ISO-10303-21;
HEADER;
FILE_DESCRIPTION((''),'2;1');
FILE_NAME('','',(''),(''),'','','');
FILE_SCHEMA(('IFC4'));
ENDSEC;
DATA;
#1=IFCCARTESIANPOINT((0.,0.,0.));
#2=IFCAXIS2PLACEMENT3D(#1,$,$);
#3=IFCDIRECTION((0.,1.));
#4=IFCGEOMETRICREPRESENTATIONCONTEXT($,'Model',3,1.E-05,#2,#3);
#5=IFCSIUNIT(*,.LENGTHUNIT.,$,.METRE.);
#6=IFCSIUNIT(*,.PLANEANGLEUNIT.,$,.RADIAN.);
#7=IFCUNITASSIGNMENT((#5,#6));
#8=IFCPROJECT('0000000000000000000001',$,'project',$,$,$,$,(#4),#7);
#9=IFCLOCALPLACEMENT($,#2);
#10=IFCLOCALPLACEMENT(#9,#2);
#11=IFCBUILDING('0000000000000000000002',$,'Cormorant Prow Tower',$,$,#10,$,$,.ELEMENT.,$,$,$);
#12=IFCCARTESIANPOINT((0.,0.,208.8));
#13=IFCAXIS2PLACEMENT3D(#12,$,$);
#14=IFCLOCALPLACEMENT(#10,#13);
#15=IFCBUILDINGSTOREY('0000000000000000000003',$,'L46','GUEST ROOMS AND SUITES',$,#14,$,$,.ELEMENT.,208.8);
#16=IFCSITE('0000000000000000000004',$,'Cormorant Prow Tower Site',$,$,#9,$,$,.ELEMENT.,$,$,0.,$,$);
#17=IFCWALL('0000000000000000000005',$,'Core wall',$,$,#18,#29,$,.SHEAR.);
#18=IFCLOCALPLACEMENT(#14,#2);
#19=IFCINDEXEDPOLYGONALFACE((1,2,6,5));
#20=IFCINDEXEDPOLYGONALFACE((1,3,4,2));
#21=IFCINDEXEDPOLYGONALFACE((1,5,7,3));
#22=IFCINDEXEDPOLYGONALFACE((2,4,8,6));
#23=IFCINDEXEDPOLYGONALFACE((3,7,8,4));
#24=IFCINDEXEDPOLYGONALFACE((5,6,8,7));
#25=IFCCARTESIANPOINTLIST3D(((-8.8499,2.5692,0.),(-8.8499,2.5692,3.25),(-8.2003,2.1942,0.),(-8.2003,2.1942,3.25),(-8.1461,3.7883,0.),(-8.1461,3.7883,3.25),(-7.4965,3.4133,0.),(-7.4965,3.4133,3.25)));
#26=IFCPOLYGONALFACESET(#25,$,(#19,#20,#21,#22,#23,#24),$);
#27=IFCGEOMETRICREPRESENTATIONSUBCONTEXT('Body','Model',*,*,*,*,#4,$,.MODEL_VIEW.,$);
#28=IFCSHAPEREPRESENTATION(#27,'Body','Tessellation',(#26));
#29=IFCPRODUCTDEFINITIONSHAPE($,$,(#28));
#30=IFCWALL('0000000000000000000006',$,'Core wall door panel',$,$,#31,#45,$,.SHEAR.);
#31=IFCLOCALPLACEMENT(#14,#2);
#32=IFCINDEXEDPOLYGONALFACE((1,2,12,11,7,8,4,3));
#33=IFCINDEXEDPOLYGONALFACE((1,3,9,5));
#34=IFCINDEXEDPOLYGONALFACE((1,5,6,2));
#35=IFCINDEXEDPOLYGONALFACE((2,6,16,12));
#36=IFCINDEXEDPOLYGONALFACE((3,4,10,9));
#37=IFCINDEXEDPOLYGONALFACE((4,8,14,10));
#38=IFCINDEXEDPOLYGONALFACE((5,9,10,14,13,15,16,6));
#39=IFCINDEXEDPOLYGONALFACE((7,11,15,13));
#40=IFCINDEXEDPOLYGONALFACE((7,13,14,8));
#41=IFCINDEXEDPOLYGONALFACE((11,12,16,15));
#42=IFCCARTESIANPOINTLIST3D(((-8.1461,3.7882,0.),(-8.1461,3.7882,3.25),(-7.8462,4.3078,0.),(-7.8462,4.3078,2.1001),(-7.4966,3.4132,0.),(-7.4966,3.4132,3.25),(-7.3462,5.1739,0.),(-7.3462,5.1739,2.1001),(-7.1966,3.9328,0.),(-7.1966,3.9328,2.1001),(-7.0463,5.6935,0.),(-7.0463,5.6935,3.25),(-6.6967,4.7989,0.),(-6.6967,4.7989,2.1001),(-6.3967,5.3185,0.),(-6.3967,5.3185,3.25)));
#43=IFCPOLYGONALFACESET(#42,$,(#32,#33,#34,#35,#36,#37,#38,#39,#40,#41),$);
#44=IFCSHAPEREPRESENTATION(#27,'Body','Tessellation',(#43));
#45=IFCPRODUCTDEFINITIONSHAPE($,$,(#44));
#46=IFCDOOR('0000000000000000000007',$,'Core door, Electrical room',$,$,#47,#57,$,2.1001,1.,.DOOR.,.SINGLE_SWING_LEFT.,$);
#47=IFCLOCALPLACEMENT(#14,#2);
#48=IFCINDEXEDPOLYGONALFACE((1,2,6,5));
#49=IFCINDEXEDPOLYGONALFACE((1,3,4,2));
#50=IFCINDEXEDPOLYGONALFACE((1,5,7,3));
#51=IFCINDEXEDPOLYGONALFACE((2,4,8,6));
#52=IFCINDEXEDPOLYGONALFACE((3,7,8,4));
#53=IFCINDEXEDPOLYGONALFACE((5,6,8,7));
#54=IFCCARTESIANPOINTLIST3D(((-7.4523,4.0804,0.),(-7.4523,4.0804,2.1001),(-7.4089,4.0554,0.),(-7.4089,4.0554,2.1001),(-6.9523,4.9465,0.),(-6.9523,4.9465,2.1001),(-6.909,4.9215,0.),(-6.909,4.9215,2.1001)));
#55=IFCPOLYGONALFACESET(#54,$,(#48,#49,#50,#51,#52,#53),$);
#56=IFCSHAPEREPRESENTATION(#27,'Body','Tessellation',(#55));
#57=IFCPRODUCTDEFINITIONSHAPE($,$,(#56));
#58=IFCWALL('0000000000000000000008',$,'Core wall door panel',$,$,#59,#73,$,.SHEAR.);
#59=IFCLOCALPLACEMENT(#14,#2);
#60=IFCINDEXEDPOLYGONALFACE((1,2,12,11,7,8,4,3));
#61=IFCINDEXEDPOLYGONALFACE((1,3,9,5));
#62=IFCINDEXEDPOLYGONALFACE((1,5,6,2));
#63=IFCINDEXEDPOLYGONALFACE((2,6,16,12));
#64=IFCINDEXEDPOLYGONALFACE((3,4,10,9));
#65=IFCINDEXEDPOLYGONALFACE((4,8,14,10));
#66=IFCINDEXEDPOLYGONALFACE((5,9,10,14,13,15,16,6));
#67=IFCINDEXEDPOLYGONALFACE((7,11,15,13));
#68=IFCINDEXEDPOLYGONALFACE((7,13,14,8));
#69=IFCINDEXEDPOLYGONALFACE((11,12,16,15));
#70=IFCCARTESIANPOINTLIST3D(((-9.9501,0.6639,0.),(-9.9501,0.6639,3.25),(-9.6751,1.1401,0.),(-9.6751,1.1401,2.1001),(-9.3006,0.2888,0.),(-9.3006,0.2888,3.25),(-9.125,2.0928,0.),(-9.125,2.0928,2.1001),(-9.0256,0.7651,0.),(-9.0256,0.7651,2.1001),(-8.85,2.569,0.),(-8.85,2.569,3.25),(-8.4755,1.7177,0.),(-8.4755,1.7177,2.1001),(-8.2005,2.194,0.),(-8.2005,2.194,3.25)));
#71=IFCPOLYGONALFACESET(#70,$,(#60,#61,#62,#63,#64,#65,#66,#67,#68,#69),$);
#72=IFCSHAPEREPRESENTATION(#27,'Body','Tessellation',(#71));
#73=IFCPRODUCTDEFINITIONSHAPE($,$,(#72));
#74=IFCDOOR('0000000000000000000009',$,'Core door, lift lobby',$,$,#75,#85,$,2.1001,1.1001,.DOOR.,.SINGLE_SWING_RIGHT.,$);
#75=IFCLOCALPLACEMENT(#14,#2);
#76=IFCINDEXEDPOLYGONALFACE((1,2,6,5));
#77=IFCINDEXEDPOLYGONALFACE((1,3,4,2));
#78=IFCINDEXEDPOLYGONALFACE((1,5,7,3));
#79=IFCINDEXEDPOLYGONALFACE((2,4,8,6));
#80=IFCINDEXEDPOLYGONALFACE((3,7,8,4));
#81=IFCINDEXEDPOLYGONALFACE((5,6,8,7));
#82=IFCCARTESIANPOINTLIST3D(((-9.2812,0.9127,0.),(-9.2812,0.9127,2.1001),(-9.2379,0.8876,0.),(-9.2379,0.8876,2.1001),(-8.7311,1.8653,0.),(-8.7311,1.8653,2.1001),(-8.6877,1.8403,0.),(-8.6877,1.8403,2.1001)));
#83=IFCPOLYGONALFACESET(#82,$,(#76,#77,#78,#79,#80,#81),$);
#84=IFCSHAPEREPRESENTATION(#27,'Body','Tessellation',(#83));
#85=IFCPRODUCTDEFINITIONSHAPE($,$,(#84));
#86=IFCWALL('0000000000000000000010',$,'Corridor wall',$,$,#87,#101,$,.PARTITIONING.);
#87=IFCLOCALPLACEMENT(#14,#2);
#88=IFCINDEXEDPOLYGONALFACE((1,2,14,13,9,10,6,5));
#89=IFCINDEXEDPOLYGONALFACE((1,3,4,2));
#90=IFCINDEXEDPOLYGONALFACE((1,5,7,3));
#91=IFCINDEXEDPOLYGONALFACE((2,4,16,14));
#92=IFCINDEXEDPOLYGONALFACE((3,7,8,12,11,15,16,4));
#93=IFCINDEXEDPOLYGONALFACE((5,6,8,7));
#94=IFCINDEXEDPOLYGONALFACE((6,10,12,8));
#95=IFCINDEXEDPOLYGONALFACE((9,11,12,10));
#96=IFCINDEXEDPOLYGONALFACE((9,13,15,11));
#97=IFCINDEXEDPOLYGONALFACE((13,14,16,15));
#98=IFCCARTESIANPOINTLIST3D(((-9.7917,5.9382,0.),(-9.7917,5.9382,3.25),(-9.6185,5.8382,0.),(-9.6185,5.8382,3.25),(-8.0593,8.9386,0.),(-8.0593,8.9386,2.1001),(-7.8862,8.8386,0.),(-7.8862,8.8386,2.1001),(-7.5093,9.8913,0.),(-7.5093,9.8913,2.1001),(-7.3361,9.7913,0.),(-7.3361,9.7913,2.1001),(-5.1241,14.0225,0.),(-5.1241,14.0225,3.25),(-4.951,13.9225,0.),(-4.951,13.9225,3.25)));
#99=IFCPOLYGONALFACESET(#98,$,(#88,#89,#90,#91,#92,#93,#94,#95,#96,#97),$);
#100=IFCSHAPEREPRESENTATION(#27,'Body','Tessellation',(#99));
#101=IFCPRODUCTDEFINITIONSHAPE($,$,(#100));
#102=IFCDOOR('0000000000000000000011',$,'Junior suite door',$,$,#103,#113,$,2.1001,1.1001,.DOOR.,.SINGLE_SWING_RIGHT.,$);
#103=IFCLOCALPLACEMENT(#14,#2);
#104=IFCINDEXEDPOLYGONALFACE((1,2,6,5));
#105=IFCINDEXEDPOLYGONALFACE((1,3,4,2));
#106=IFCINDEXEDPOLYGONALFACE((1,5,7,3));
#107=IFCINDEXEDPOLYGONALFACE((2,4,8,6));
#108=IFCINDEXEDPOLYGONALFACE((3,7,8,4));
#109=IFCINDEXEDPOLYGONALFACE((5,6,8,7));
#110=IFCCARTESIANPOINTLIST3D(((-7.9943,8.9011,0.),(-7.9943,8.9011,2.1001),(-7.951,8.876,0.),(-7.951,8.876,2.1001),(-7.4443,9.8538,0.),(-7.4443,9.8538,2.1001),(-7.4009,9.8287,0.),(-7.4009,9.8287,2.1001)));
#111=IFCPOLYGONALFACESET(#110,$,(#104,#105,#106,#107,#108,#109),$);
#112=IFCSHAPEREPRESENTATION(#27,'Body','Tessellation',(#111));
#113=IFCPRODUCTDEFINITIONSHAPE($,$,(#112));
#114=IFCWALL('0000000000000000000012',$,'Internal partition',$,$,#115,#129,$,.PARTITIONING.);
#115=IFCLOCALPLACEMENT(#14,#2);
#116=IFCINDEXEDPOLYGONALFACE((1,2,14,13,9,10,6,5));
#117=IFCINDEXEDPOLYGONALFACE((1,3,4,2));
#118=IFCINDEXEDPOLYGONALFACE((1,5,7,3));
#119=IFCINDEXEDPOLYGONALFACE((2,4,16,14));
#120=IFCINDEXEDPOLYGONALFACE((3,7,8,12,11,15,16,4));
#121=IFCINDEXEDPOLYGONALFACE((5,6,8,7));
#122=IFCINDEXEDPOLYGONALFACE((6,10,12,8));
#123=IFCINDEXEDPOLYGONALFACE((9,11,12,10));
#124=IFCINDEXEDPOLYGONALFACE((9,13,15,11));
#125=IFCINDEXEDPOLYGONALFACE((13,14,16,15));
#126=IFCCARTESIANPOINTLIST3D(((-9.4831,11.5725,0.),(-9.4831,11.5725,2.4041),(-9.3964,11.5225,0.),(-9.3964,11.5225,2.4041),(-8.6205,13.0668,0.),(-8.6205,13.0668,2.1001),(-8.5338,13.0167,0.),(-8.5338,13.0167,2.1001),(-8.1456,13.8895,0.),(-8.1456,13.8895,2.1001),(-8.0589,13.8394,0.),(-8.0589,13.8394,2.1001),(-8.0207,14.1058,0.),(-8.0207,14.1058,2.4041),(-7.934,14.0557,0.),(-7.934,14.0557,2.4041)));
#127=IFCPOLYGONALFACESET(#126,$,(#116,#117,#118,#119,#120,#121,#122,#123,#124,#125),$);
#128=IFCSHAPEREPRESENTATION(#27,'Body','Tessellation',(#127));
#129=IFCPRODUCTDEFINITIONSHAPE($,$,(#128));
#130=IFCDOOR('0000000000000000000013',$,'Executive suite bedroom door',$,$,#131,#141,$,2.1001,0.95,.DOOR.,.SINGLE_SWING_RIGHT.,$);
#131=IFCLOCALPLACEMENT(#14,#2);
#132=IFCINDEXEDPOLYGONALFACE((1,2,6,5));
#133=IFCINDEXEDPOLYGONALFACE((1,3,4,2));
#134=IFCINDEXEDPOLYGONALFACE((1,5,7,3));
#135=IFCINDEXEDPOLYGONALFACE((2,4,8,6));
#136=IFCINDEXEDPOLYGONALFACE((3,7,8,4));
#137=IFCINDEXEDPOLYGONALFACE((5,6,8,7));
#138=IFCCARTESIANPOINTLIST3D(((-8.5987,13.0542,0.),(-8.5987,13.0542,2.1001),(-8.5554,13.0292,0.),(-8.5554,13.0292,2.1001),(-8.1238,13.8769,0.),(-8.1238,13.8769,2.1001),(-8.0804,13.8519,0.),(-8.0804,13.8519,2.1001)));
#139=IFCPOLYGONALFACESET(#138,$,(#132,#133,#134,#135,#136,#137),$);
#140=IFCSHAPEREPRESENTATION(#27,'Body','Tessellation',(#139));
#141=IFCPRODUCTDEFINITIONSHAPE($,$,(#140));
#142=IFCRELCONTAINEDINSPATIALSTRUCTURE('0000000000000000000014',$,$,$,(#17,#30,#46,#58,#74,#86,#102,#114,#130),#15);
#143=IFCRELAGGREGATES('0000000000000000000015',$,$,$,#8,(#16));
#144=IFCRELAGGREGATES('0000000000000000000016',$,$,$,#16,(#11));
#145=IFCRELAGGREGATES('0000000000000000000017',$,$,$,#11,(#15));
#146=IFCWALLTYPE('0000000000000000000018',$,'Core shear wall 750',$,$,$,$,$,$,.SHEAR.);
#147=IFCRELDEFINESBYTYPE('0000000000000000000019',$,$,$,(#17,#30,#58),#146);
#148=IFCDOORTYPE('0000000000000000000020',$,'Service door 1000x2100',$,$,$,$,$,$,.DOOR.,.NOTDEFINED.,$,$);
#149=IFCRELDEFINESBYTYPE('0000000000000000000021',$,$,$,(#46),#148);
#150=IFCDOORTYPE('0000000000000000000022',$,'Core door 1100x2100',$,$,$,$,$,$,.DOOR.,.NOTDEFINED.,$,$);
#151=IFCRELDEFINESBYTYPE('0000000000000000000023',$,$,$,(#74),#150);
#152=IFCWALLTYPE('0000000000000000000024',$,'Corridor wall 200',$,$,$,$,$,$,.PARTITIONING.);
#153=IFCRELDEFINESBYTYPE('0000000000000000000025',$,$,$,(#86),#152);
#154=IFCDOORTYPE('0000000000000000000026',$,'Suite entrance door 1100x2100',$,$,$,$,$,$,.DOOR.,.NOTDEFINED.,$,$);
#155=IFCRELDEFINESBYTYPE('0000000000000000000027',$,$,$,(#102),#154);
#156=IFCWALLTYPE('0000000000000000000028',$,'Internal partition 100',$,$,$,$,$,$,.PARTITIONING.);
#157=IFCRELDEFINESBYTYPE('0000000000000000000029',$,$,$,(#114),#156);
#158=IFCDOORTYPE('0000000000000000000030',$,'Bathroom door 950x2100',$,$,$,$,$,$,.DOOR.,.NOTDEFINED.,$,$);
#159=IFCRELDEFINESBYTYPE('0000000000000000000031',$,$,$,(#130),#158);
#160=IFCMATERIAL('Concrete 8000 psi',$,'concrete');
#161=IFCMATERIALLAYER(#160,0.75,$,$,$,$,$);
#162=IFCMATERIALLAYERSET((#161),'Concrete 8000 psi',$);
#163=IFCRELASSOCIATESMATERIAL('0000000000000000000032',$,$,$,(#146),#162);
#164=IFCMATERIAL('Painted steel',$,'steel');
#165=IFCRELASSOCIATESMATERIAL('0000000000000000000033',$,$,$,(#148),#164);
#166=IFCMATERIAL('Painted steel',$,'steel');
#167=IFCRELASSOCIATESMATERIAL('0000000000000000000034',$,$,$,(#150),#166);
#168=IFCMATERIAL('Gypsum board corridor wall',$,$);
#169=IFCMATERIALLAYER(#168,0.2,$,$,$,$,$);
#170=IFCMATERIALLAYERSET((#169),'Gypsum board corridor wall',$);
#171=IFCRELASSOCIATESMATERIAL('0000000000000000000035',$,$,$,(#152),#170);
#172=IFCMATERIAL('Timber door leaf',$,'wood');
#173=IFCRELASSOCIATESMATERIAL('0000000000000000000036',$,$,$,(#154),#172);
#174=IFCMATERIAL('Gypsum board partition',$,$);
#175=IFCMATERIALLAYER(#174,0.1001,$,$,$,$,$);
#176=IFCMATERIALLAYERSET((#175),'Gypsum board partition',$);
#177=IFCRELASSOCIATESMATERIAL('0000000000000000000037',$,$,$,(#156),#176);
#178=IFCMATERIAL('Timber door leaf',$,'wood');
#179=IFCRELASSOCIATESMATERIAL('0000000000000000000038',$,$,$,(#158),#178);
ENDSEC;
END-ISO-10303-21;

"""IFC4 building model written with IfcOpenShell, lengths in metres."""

from ifc_helpers import new_model, si_unit, direction, frame, frame_2d, origin, place, context, subcontext, project, spatial, rectangle, extrude, material, layer, layer_set, type_object, element, fill, save


model = new_model("IFC4")

# Units and contexts
model_context = context("Model", 3, precision=1e-05, world=origin(), true_north=direction((0.0, 1.0)))
body_context = subcontext(model_context, "Body", "Model", "MODEL_VIEW")
ifc_project = project(units=[si_unit("LENGTHUNIT", "METRE"), si_unit("PLANEANGLEUNIT", "RADIAN")], contexts=[model_context])

# Site, building, storey
site_placement = place(None, origin())
site = spatial("IfcSite", under=ifc_project, at=site_placement, Name="Cormorant Prow Tower Site", CompositionType="ELEMENT", RefElevation=0.0)
building_placement = place(site_placement, origin())
building = spatial("IfcBuilding", under=site, at=building_placement, Name="Cormorant Prow Tower", CompositionType="ELEMENT")
storey_placement = place(building_placement, frame((0.0, 0.0, 208.8)))
storey = spatial("IfcBuildingStorey", under=building, at=storey_placement, Name="L46", Description="GUEST ROOMS AND SUITES", CompositionType="ELEMENT", Elevation=208.8)

# Wall
ifc_material_1 = material(Name="Concrete 8000 psi", Category="concrete")
ifc_layer_1 = layer(ifc_material_1, 0.75)
ifc_layer_set_1 = layer_set([ifc_layer_1], Name="Concrete 8000 psi")
wall_type_1 = type_object("IfcWallType", Name="Core shear wall 750", PredefinedType="SHEAR", material=ifc_layer_set_1)
wall_1_placement = place(storey_placement, frame((-7.8213, 3.6008, 0.0), z_axis=(0.0, 0.0, 1.0), x_axis=(-0.499963, -0.866047, 0.0)))
element("IfcWall", 1, at=wall_1_placement, inside=storey, type_object=wall_type_1, Name="Core wall", PredefinedType="SHEAR", context=body_context, shape_type="SweptSolid", body=[
    extrude(rectangle(XDim=1.4077, YDim=0.75, at=frame_2d((0.7039, 0.0))), origin(), (0.0, 0.0, 1.0), 3.25),
])

# Walls, openings, doors
wall_2_placement = place(storey_placement, frame((-6.7214, 5.5061, 0.0), z_axis=(0.0, 0.0, 1.0), x_axis=(-0.499947, -0.866056, 0.0)))
wall_2 = element("IfcWall", 2, at=wall_2_placement, inside=storey, type_object=wall_type_1, Name="Core wall door panel", PredefinedType="SHEAR", context=body_context, shape_type="SweptSolid", body=[
    extrude(rectangle(XDim=2.2, YDim=0.75, at=frame_2d((1.1001, 0.0))), origin(), (0.0, 0.0, 1.0), 3.25),
])
opening_1_placement = place(wall_2_placement, frame((0.6001, 0.0, 0.0)))
opening_1 = element("IfcOpeningElement", 3, at=opening_1_placement, cuts=wall_2, PredefinedType="OPENING", context=body_context, shape_type="SweptSolid", body=[
    extrude(rectangle(XDim=1.0, YDim=2.1001, at=frame_2d((0.5, 1.05))), frame((0.0, 0.385, 0.0), z_axis=(0.0, -1.0, 0.0), x_axis=(1.0, 0.0, 0.0)), (0.0, 0.0, 1.0), 0.77),
])
ifc_material_2 = material(Name="Painted steel", Category="steel")
door_type_1 = type_object("IfcDoorType", Name="Service door 1000x2100", OperationType="NOTDEFINED", PredefinedType="DOOR", material=ifc_material_2)
door_1_placement = place(opening_1_placement, origin())
door_1 = element("IfcDoor", 4, at=door_1_placement, inside=storey, type_object=door_type_1, Name="Core door, Electrical room", OperationType="SINGLE_SWING_LEFT", OverallHeight=2.1001, OverallWidth=1.0, PredefinedType="DOOR", context=body_context, shape_type="SweptSolid", body=[
    extrude(rectangle(XDim=1.0, YDim=2.1001, at=frame_2d((0.5, 1.05))), frame((0.0, 0.1299, 0.0), z_axis=(0.0, -1.0, 0.0), x_axis=(1.0, 0.0, 0.0)), (0.0, 0.0, 1.0), 0.05),
])
fill(opening_1, door_1)
wall_3_placement = place(storey_placement, frame((-8.5251, 2.3816, 0.0), z_axis=(0.0, 0.0, 1.0), x_axis=(-0.500078, -0.86598, 0.0)))
wall_3 = element("IfcWall", 5, at=wall_3_placement, inside=storey, type_object=wall_type_1, Name="Core wall door panel", PredefinedType="SHEAR", context=body_context, shape_type="SweptSolid", body=[
    extrude(rectangle(XDim=2.2, YDim=0.75, at=frame_2d((1.1001, 0.0))), origin(), (0.0, 0.0, 1.0), 3.25),
])
opening_2_placement = place(wall_3_placement, frame((0.55, 0.0, 0.0)))
opening_2 = element("IfcOpeningElement", 6, at=opening_2_placement, cuts=wall_3, PredefinedType="OPENING", context=body_context, shape_type="SweptSolid", body=[
    extrude(rectangle(XDim=1.1001, YDim=2.1001, at=frame_2d((0.55, 1.05))), frame((0.0, 0.385, 0.0), z_axis=(0.0, -1.0, 0.0), x_axis=(1.0, 0.0, 0.0)), (0.0, 0.0, 1.0), 0.77),
])
ifc_material_3 = material(Name="Painted steel", Category="steel")
door_type_2 = type_object("IfcDoorType", Name="Core door 1100x2100", OperationType="NOTDEFINED", PredefinedType="DOOR", material=ifc_material_3)
door_2_placement = place(opening_2_placement, origin())
door_2 = element("IfcDoor", 7, at=door_2_placement, inside=storey, type_object=door_type_2, Name="Core door, lift lobby", OperationType="SINGLE_SWING_RIGHT", OverallHeight=2.1001, OverallWidth=1.1001, PredefinedType="DOOR", context=body_context, shape_type="SweptSolid", body=[
    extrude(rectangle(XDim=1.1001, YDim=2.1001, at=frame_2d((0.55, 1.05))), frame((0.0, 0.1299, 0.0), z_axis=(0.0, -1.0, 0.0), x_axis=(1.0, 0.0, 0.0)), (0.0, 0.0, 1.0), 0.05),
])
fill(opening_2, door_2)
ifc_material_4 = material(Name="Gypsum board corridor wall")
ifc_layer_2 = layer(ifc_material_4, 0.2)
ifc_layer_set_2 = layer_set([ifc_layer_2], Name="Gypsum board corridor wall")
wall_type_2 = type_object("IfcWallType", Name="Corridor wall 200", PredefinedType="PARTITIONING", material=ifc_layer_set_2)
wall_4_placement = place(storey_placement, frame((-9.7051, 5.8882, 0.0), z_axis=(0.0, 0.0, 1.0), x_axis=(0.500004, 0.866023, 0.0)))
wall_4 = element("IfcWall", 8, at=wall_4_placement, inside=storey, type_object=wall_type_2, Name="Corridor wall", PredefinedType="PARTITIONING", context=body_context, shape_type="SweptSolid", body=[
    extrude(rectangle(XDim=9.335, YDim=0.2, at=frame_2d((4.6675, 0.0))), origin(), (0.0, 0.0, 1.0), 3.25),
])
opening_3_placement = place(wall_4_placement, frame((3.4646, 0.0, 0.0)))
opening_3 = element("IfcOpeningElement", 9, at=opening_3_placement, cuts=wall_4, PredefinedType="OPENING", context=body_context, shape_type="SweptSolid", body=[
    extrude(rectangle(XDim=1.1001, YDim=2.1001, at=frame_2d((0.55, 1.05))), frame((0.0, 0.1099, 0.0), z_axis=(0.0, -1.0, 0.0), x_axis=(1.0, 0.0, 0.0)), (0.0, 0.0, 1.0), 0.22),
])
ifc_material_5 = material(Name="Timber door leaf", Category="wood")
door_type_3 = type_object("IfcDoorType", Name="Suite entrance door 1100x2100", OperationType="NOTDEFINED", PredefinedType="DOOR", material=ifc_material_5)
door_3_placement = place(opening_3_placement, origin())
door_3 = element("IfcDoor", 10, at=door_3_placement, inside=storey, type_object=door_type_3, Name="Junior suite door", OperationType="SINGLE_SWING_RIGHT", OverallHeight=2.1001, OverallWidth=1.1001, PredefinedType="DOOR", context=body_context, shape_type="SweptSolid", body=[
    extrude(rectangle(XDim=1.1001, YDim=2.1001, at=frame_2d((0.55, 1.05))), frame((0.0, 0.0249, 0.0), z_axis=(0.0, -1.0, 0.0), x_axis=(1.0, 0.0, 0.0)), (0.0, 0.0, 1.0), 0.05),
])
fill(opening_3, door_3)
ifc_material_6 = material(Name="Gypsum board partition")
ifc_layer_3 = layer(ifc_material_6, 0.1001)
ifc_layer_set_3 = layer_set([ifc_layer_3], Name="Gypsum board partition")
wall_type_3 = type_object("IfcWallType", Name="Internal partition 100", PredefinedType="PARTITIONING", material=ifc_layer_set_3)
wall_5_placement = place(storey_placement, frame((-9.4397, 11.5476, 0.0), z_axis=(0.0, 0.0, 1.0), x_axis=(0.499963, 0.866047, 0.0)))
wall_5 = element("IfcWall", 11, at=wall_5_placement, inside=storey, type_object=wall_type_3, Name="Internal partition", PredefinedType="PARTITIONING", context=body_context, shape_type="SweptSolid", body=[
    extrude(rectangle(XDim=2.925, YDim=0.1001, at=frame_2d((1.4624, 0.0))), origin(), (0.0, 0.0, 1.0), 2.4041),
])
opening_4_placement = place(wall_5_placement, frame((1.7251, 0.0, 0.0)))
opening_4 = element("IfcOpeningElement", 12, at=opening_4_placement, cuts=wall_5, PredefinedType="OPENING", context=body_context, shape_type="SweptSolid", body=[
    extrude(rectangle(XDim=0.95, YDim=2.1001, at=frame_2d((0.4751, 1.05))), frame((0.0, 0.0601, 0.0), z_axis=(0.0, -1.0, 0.0), x_axis=(1.0, 0.0, 0.0)), (0.0, 0.0, 1.0), 0.1201),
])
ifc_material_7 = material(Name="Timber door leaf", Category="wood")
door_type_4 = type_object("IfcDoorType", Name="Bathroom door 950x2100", OperationType="NOTDEFINED", PredefinedType="DOOR", material=ifc_material_7)
door_4_placement = place(opening_4_placement, origin())
door_4 = element("IfcDoor", 13, at=door_4_placement, inside=storey, type_object=door_type_4, Name="Executive suite bedroom door", OperationType="SINGLE_SWING_RIGHT", OverallHeight=2.1001, OverallWidth=0.95, PredefinedType="DOOR", context=body_context, shape_type="SweptSolid", body=[
    extrude(rectangle(XDim=0.95, YDim=2.1001, at=frame_2d((0.4751, 1.05))), frame((0.0, 0.0249, 0.0), z_axis=(0.0, -1.0, 0.0), x_axis=(1.0, 0.0, 0.0)), (0.0, 0.0, 1.0), 0.05),
])
fill(opening_4, door_4)

save(model, "model.ifc")
